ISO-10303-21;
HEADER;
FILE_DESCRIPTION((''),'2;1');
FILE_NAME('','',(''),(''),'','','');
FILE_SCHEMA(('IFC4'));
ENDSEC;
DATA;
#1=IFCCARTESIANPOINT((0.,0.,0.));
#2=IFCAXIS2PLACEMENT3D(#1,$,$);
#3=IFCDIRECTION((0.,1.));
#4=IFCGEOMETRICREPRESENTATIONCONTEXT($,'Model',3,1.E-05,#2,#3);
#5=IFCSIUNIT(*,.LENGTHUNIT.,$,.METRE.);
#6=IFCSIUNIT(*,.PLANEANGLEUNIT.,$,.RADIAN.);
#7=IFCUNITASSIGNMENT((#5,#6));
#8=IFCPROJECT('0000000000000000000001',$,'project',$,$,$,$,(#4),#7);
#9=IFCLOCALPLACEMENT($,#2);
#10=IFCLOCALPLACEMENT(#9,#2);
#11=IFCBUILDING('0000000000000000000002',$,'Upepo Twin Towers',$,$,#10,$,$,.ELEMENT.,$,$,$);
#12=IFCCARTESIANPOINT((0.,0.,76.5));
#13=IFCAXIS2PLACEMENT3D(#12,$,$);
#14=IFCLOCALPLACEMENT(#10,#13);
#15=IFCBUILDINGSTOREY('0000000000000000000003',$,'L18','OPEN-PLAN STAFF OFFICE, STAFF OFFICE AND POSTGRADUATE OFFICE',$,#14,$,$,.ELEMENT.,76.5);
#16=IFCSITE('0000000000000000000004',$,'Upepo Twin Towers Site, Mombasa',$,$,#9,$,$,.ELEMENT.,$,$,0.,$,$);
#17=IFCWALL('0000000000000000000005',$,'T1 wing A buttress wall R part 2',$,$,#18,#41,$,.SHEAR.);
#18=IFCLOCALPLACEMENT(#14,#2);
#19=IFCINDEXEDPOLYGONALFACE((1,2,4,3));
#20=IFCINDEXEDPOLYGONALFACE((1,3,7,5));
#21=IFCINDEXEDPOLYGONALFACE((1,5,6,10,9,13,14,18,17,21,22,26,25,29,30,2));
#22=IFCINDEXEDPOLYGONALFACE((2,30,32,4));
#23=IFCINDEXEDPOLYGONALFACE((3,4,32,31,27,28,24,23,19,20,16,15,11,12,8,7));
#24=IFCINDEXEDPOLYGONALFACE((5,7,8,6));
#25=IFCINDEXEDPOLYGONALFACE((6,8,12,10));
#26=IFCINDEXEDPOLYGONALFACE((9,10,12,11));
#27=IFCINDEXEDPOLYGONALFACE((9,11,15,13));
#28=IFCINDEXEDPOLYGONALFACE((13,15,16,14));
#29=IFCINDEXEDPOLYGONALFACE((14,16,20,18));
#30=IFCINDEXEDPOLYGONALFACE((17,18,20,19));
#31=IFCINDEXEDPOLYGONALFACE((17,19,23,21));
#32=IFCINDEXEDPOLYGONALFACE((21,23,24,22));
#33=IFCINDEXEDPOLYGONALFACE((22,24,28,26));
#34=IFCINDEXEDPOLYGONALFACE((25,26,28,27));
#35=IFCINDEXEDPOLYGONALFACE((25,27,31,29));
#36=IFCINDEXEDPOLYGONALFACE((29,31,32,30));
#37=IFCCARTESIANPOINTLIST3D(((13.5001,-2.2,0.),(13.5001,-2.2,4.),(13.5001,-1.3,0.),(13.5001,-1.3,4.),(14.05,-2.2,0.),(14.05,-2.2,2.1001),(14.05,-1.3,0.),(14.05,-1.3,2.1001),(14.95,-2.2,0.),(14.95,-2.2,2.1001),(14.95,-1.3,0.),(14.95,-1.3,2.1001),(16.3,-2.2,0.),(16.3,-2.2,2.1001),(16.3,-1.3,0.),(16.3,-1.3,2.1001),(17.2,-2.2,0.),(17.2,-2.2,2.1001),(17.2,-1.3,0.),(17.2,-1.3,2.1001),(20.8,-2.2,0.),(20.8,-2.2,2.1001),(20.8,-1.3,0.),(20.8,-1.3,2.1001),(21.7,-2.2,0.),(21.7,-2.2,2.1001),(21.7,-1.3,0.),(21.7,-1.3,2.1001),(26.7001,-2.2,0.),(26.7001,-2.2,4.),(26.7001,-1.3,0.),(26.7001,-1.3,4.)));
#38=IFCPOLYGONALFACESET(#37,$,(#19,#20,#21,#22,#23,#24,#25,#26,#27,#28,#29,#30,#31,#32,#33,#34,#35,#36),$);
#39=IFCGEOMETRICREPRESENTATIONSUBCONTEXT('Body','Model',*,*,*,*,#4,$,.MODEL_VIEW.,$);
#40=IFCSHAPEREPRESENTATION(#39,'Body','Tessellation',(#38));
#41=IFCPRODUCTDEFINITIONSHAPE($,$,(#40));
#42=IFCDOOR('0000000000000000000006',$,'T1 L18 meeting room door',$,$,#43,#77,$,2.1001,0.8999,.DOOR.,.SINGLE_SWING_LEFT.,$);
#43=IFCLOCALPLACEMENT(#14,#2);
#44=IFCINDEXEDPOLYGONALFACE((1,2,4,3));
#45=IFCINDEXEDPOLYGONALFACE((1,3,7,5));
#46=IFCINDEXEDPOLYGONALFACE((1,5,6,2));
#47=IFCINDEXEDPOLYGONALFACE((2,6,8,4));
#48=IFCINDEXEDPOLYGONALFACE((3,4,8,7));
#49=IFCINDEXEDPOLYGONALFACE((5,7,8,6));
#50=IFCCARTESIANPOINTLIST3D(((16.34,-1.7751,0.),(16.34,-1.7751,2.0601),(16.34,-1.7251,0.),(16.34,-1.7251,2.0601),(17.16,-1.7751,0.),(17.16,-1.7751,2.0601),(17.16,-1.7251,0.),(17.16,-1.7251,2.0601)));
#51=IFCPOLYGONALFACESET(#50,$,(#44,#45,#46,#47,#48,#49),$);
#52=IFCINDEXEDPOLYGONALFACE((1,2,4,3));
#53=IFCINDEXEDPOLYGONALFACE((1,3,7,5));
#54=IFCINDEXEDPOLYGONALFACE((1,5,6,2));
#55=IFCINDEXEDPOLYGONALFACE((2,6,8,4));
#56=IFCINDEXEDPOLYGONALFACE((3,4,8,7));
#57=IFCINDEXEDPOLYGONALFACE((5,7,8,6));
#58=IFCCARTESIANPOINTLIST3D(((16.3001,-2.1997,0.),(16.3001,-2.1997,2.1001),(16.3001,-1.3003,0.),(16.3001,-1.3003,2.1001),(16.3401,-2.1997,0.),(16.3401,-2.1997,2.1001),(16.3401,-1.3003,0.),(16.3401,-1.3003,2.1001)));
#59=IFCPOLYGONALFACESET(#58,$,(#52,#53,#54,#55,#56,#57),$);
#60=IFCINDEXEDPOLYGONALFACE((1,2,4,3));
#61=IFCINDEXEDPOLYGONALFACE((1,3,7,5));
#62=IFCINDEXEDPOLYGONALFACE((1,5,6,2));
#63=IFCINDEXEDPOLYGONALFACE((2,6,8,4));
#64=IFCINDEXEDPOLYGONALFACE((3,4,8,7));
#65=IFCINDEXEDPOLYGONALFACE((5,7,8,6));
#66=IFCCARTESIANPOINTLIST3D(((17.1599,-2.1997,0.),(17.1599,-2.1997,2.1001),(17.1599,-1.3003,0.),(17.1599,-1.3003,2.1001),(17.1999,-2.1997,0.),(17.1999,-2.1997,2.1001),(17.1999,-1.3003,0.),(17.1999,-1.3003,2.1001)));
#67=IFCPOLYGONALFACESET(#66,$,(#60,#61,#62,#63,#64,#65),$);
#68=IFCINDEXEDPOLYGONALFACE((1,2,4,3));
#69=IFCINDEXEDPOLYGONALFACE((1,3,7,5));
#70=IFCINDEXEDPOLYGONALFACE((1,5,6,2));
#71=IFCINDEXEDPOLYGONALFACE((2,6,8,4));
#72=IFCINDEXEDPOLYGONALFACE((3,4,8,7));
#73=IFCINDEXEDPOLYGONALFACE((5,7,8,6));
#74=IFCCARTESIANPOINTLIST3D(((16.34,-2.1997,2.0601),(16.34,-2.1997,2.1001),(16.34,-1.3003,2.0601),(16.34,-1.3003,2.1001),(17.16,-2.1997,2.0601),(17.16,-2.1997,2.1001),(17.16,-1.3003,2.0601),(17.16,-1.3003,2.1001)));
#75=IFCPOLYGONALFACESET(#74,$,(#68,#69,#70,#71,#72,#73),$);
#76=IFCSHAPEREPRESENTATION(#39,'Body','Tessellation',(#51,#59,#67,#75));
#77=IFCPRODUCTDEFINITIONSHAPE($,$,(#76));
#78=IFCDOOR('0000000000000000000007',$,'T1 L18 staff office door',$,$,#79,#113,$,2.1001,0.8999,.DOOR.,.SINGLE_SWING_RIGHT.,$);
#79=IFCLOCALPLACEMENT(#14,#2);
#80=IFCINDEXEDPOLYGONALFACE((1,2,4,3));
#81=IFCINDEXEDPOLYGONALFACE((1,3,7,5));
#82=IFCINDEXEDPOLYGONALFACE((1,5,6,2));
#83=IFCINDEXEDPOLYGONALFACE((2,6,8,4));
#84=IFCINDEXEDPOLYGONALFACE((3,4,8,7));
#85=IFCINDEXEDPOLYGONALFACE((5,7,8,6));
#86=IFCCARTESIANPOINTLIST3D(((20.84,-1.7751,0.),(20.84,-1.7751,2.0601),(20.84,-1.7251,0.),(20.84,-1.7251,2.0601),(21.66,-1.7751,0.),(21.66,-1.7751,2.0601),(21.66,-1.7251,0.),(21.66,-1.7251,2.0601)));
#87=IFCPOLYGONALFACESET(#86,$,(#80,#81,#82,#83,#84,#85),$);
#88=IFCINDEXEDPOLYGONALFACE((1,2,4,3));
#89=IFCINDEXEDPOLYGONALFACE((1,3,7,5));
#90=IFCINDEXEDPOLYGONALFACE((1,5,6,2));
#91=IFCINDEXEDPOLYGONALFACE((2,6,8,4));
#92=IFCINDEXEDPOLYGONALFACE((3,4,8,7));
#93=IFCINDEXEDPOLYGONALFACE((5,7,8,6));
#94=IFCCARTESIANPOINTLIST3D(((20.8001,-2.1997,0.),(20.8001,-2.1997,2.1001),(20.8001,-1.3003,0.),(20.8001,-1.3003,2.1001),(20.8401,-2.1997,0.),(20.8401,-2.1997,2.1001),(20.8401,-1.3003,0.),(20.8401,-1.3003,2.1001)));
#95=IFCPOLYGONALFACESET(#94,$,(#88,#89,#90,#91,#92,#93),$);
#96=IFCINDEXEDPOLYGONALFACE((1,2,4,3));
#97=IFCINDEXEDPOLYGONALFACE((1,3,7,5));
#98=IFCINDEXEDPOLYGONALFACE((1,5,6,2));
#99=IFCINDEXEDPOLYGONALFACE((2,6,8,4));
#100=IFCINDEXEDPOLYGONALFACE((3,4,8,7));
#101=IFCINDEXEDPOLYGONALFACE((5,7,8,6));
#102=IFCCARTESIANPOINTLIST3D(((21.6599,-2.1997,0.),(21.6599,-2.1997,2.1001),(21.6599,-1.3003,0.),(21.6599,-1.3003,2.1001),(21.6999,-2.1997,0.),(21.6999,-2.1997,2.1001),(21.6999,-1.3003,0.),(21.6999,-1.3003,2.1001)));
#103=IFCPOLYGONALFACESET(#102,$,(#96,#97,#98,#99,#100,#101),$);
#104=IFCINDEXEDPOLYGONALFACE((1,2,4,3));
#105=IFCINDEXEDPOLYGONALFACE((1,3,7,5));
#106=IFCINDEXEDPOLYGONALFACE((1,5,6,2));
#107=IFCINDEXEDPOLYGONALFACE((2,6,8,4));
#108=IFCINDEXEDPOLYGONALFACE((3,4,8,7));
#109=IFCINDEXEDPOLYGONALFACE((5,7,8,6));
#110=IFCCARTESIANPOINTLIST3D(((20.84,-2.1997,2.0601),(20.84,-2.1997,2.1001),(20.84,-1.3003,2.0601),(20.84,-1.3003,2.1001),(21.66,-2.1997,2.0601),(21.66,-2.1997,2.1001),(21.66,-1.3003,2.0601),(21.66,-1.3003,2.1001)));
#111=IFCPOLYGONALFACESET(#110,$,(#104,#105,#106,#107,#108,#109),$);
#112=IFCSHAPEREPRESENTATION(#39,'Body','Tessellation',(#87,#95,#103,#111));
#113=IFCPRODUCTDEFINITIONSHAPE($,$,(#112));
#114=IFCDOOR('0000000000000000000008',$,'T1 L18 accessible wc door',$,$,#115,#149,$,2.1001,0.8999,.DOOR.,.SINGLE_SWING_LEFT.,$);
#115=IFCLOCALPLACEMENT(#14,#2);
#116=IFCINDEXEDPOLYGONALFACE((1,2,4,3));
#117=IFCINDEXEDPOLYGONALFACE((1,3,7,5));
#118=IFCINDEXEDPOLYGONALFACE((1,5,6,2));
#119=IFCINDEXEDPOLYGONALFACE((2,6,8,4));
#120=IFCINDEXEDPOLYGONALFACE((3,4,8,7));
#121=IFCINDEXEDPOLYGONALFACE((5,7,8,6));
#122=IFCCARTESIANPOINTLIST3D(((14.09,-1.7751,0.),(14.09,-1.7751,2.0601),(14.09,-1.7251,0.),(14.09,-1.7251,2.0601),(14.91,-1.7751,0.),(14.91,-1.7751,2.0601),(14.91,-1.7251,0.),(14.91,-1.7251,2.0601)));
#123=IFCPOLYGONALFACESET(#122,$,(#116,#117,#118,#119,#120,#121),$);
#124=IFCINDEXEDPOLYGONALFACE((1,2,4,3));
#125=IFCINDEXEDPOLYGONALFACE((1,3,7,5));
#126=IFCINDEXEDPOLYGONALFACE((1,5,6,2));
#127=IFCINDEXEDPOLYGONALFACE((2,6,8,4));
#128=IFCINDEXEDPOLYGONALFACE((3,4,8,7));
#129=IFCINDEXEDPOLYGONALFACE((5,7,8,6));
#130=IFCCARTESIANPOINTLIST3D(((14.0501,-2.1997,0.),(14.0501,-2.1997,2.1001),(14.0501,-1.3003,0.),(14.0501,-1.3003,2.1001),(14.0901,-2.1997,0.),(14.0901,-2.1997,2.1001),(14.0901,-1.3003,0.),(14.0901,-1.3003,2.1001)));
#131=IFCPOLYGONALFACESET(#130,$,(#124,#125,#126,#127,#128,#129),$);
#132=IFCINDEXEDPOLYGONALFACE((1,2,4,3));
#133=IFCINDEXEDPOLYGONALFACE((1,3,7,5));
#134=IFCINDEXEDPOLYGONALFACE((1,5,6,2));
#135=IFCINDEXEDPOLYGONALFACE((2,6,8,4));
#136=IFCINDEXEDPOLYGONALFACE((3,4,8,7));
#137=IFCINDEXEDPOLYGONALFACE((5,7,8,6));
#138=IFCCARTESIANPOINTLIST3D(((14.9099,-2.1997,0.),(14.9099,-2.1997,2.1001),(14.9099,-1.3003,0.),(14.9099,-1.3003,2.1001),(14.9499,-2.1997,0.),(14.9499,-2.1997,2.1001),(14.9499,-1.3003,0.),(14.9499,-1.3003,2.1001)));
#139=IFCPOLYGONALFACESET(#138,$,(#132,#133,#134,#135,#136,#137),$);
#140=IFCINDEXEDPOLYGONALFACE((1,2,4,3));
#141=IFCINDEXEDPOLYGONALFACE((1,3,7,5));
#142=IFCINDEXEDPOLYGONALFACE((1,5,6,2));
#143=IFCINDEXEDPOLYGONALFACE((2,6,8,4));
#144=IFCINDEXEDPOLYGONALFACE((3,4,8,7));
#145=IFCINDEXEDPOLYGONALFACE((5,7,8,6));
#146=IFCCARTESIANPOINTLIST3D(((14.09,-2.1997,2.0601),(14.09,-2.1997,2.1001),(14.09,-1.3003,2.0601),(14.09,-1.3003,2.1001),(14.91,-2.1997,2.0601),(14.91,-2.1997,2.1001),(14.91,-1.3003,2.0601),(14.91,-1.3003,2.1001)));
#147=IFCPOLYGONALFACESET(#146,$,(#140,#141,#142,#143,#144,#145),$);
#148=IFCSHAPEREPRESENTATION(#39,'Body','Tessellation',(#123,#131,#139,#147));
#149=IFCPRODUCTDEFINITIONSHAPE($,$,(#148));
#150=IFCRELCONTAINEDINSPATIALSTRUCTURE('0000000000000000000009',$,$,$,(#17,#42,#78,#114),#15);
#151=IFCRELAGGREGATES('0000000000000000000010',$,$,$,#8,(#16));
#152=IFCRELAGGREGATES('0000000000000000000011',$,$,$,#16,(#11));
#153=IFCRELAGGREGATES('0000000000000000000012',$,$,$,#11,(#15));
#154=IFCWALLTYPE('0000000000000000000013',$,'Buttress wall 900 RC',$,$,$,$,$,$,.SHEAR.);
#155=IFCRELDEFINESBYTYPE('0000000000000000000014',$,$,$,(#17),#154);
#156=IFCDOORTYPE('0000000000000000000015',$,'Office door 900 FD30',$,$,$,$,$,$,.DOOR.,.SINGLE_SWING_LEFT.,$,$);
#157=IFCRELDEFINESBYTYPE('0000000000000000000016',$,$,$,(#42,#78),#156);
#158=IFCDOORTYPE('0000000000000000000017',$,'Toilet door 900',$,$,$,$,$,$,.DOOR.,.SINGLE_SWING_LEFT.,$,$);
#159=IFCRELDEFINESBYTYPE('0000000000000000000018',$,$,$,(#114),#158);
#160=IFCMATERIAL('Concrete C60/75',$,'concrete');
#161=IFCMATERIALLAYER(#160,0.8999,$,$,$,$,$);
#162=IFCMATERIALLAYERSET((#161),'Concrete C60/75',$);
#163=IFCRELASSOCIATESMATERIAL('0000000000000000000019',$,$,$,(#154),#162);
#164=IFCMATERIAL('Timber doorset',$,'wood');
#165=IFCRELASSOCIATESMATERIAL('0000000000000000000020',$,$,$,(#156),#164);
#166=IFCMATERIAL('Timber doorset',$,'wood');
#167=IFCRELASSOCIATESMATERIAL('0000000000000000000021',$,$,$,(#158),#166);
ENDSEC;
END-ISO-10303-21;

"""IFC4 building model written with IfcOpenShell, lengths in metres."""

from ifc_helpers import new_model, si_unit, direction, frame, frame_2d, origin, place, context, subcontext, project, spatial, rectangle, extrude, material, layer, layer_set, type_object, element, fill, save


model = new_model("IFC4")

# Units and contexts
model_context = context("Model", 3, precision=1e-05, world=origin(), true_north=direction((0.0, 1.0)))
body_context = subcontext(model_context, "Body", "Model", "MODEL_VIEW")
ifc_project = project(units=[si_unit("LENGTHUNIT", "METRE"), si_unit("PLANEANGLEUNIT", "RADIAN")], contexts=[model_context])

# Site, building, storey
site_placement = place(None, origin())
site = spatial("IfcSite", under=ifc_project, at=site_placement, Name="Upepo Twin Towers Site, Mombasa", CompositionType="ELEMENT", RefElevation=0.0)
building_placement = place(site_placement, origin())
building = spatial("IfcBuilding", under=site, at=building_placement, Name="Upepo Twin Towers", CompositionType="ELEMENT")
storey_placement = place(building_placement, frame((0.0, 0.0, 76.5)))
storey = spatial("IfcBuildingStorey", under=building, at=storey_placement, Name="L18", Description="OPEN-PLAN STAFF OFFICE, STAFF OFFICE AND POSTGRADUATE OFFICE", CompositionType="ELEMENT", Elevation=76.5)

# Wall, openings, doors
ifc_material_1 = material(Name="Concrete C60/75", Category="concrete")
ifc_layer_1 = layer(ifc_material_1, 0.8999)
ifc_layer_set_1 = layer_set([ifc_layer_1], Name="Concrete C60/75")
wall_type_1 = type_object("IfcWallType", Name="Buttress wall 900 RC", PredefinedType="SHEAR", material=ifc_layer_set_1)
wall_1_placement = place(storey_placement, frame((13.5, -1.75, 0.0), z_axis=(0.0, 0.0, 1.0), x_axis=(1.0, 0.0, 0.0)))
wall_1 = element("IfcWall", 1, at=wall_1_placement, inside=storey, type_object=wall_type_1, Name="T1 wing A buttress wall R part 2", PredefinedType="SHEAR", context=body_context, shape_type="SweptSolid", body=[
    extrude(rectangle(XDim=13.2, YDim=0.8999, at=frame_2d((6.6001, 0.0))), origin(), (0.0, 0.0, 1.0), 4.0),
])
opening_1_placement = place(wall_1_placement, frame((0.55, 0.0, 0.0)))
opening_1 = element("IfcOpeningElement", 2, at=opening_1_placement, cuts=wall_1, PredefinedType="OPENING", context=body_context, shape_type="SweptSolid", body=[
    extrude(rectangle(XDim=0.8999, YDim=2.1001, at=frame_2d((0.45, 1.05))), frame((0.0, 0.46, 0.0), z_axis=(0.0, -1.0, 0.0), x_axis=(1.0, 0.0, 0.0)), (0.0, 0.0, 1.0), 0.9199),
])
opening_2_placement = place(wall_1_placement, frame((2.8, 0.0, 0.0)))
opening_2 = element("IfcOpeningElement", 3, at=opening_2_placement, cuts=wall_1, PredefinedType="OPENING", context=body_context, shape_type="SweptSolid", body=[
    extrude(rectangle(XDim=0.8999, YDim=2.1001, at=frame_2d((0.45, 1.05))), frame((0.0, 0.46, 0.0), z_axis=(0.0, -1.0, 0.0), x_axis=(1.0, 0.0, 0.0)), (0.0, 0.0, 1.0), 0.9199),
])
opening_3_placement = place(wall_1_placement, frame((7.3, 0.0, 0.0)))
opening_3 = element("IfcOpeningElement", 4, at=opening_3_placement, cuts=wall_1, PredefinedType="OPENING", context=body_context, shape_type="SweptSolid", body=[
    extrude(rectangle(XDim=0.8999, YDim=2.1001, at=frame_2d((0.45, 1.05))), frame((0.0, 0.46, 0.0), z_axis=(0.0, -1.0, 0.0), x_axis=(1.0, 0.0, 0.0)), (0.0, 0.0, 1.0), 0.9199),
])
ifc_material_2 = material(Name="Timber doorset", Category="wood")
door_type_1 = type_object("IfcDoorType", Name="Office door 900 FD30", OperationType="SINGLE_SWING_LEFT", PredefinedType="DOOR", material=ifc_material_2)
door_1_placement = place(opening_2_placement, origin())
door_1 = element("IfcDoor", 5, at=door_1_placement, inside=storey, type_object=door_type_1, Name="T1 L18 meeting room door", OperationType="SINGLE_SWING_LEFT", OverallHeight=2.1001, OverallWidth=0.8999, PredefinedType="DOOR", context=body_context, shape_type="SweptSolid", body=[
    extrude(rectangle(XDim=0.8199, YDim=2.0601, at=frame_2d((0.45, 1.03))), frame((0.0, 0.0249, 0.0), z_axis=(0.0, -1.0, 0.0), x_axis=(1.0, 0.0, 0.0)), (0.0, 0.0, 1.0), 0.05),
    extrude(rectangle(XDim=0.04, YDim=2.1001, at=frame_2d((0.02, 1.05))), frame((0.0, 0.4497, 0.0), z_axis=(0.0, -1.0, 0.0), x_axis=(1.0, 0.0, 0.0)), (0.0, 0.0, 1.0), 0.8994),
    extrude(rectangle(XDim=0.04, YDim=2.1001, at=frame_2d((0.8799, 1.05))), frame((0.0, 0.4497, 0.0), z_axis=(0.0, -1.0, 0.0), x_axis=(1.0, 0.0, 0.0)), (0.0, 0.0, 1.0), 0.8994),
    extrude(rectangle(XDim=0.8199, YDim=0.04, at=frame_2d((0.45, 2.0801))), frame((0.0, 0.4497, 0.0), z_axis=(0.0, -1.0, 0.0), x_axis=(1.0, 0.0, 0.0)), (0.0, 0.0, 1.0), 0.8994),
])
fill(opening_2, door_1)
door_2_placement = place(opening_3_placement, origin())
door_2 = element("IfcDoor", 6, at=door_2_placement, inside=storey, type_object=door_type_1, Name="T1 L18 staff office door", OperationType="SINGLE_SWING_RIGHT", OverallHeight=2.1001, OverallWidth=0.8999, PredefinedType="DOOR", context=body_context, shape_type="SweptSolid", body=[
    extrude(rectangle(XDim=0.8199, YDim=2.0601, at=frame_2d((0.45, 1.03))), frame((0.0, 0.0249, 0.0), z_axis=(0.0, -1.0, 0.0), x_axis=(1.0, 0.0, 0.0)), (0.0, 0.0, 1.0), 0.05),
    extrude(rectangle(XDim=0.04, YDim=2.1001, at=frame_2d((0.02, 1.05))), frame((0.0, 0.4497, 0.0), z_axis=(0.0, -1.0, 0.0), x_axis=(1.0, 0.0, 0.0)), (0.0, 0.0, 1.0), 0.8994),
    extrude(rectangle(XDim=0.04, YDim=2.1001, at=frame_2d((0.8799, 1.05))), frame((0.0, 0.4497, 0.0), z_axis=(0.0, -1.0, 0.0), x_axis=(1.0, 0.0, 0.0)), (0.0, 0.0, 1.0), 0.8994),
    extrude(rectangle(XDim=0.8199, YDim=0.04, at=frame_2d((0.45, 2.0801))), frame((0.0, 0.4497, 0.0), z_axis=(0.0, -1.0, 0.0), x_axis=(1.0, 0.0, 0.0)), (0.0, 0.0, 1.0), 0.8994),
])
fill(opening_3, door_2)
ifc_material_3 = material(Name="Timber doorset", Category="wood")
door_type_2 = type_object("IfcDoorType", Name="Toilet door 900", OperationType="SINGLE_SWING_LEFT", PredefinedType="DOOR", material=ifc_material_3)
door_3_placement = place(opening_1_placement, origin())
door_3 = element("IfcDoor", 7, at=door_3_placement, inside=storey, type_object=door_type_2, Name="T1 L18 accessible wc door", OperationType="SINGLE_SWING_LEFT", OverallHeight=2.1001, OverallWidth=0.8999, PredefinedType="DOOR", context=body_context, shape_type="SweptSolid", body=[
    extrude(rectangle(XDim=0.8199, YDim=2.0601, at=frame_2d((0.45, 1.03))), frame((0.0, 0.0249, 0.0), z_axis=(0.0, -1.0, 0.0), x_axis=(1.0, 0.0, 0.0)), (0.0, 0.0, 1.0), 0.05),
    extrude(rectangle(XDim=0.04, YDim=2.1001, at=frame_2d((0.02, 1.05))), frame((0.0, 0.4497, 0.0), z_axis=(0.0, -1.0, 0.0), x_axis=(1.0, 0.0, 0.0)), (0.0, 0.0, 1.0), 0.8994),
    extrude(rectangle(XDim=0.04, YDim=2.1001, at=frame_2d((0.8799, 1.05))), frame((0.0, 0.4497, 0.0), z_axis=(0.0, -1.0, 0.0), x_axis=(1.0, 0.0, 0.0)), (0.0, 0.0, 1.0), 0.8994),
    extrude(rectangle(XDim=0.8199, YDim=0.04, at=frame_2d((0.45, 2.0801))), frame((0.0, 0.4497, 0.0), z_axis=(0.0, -1.0, 0.0), x_axis=(1.0, 0.0, 0.0)), (0.0, 0.0, 1.0), 0.8994),
])
fill(opening_1, door_3)

save(model, "model.ifc")
